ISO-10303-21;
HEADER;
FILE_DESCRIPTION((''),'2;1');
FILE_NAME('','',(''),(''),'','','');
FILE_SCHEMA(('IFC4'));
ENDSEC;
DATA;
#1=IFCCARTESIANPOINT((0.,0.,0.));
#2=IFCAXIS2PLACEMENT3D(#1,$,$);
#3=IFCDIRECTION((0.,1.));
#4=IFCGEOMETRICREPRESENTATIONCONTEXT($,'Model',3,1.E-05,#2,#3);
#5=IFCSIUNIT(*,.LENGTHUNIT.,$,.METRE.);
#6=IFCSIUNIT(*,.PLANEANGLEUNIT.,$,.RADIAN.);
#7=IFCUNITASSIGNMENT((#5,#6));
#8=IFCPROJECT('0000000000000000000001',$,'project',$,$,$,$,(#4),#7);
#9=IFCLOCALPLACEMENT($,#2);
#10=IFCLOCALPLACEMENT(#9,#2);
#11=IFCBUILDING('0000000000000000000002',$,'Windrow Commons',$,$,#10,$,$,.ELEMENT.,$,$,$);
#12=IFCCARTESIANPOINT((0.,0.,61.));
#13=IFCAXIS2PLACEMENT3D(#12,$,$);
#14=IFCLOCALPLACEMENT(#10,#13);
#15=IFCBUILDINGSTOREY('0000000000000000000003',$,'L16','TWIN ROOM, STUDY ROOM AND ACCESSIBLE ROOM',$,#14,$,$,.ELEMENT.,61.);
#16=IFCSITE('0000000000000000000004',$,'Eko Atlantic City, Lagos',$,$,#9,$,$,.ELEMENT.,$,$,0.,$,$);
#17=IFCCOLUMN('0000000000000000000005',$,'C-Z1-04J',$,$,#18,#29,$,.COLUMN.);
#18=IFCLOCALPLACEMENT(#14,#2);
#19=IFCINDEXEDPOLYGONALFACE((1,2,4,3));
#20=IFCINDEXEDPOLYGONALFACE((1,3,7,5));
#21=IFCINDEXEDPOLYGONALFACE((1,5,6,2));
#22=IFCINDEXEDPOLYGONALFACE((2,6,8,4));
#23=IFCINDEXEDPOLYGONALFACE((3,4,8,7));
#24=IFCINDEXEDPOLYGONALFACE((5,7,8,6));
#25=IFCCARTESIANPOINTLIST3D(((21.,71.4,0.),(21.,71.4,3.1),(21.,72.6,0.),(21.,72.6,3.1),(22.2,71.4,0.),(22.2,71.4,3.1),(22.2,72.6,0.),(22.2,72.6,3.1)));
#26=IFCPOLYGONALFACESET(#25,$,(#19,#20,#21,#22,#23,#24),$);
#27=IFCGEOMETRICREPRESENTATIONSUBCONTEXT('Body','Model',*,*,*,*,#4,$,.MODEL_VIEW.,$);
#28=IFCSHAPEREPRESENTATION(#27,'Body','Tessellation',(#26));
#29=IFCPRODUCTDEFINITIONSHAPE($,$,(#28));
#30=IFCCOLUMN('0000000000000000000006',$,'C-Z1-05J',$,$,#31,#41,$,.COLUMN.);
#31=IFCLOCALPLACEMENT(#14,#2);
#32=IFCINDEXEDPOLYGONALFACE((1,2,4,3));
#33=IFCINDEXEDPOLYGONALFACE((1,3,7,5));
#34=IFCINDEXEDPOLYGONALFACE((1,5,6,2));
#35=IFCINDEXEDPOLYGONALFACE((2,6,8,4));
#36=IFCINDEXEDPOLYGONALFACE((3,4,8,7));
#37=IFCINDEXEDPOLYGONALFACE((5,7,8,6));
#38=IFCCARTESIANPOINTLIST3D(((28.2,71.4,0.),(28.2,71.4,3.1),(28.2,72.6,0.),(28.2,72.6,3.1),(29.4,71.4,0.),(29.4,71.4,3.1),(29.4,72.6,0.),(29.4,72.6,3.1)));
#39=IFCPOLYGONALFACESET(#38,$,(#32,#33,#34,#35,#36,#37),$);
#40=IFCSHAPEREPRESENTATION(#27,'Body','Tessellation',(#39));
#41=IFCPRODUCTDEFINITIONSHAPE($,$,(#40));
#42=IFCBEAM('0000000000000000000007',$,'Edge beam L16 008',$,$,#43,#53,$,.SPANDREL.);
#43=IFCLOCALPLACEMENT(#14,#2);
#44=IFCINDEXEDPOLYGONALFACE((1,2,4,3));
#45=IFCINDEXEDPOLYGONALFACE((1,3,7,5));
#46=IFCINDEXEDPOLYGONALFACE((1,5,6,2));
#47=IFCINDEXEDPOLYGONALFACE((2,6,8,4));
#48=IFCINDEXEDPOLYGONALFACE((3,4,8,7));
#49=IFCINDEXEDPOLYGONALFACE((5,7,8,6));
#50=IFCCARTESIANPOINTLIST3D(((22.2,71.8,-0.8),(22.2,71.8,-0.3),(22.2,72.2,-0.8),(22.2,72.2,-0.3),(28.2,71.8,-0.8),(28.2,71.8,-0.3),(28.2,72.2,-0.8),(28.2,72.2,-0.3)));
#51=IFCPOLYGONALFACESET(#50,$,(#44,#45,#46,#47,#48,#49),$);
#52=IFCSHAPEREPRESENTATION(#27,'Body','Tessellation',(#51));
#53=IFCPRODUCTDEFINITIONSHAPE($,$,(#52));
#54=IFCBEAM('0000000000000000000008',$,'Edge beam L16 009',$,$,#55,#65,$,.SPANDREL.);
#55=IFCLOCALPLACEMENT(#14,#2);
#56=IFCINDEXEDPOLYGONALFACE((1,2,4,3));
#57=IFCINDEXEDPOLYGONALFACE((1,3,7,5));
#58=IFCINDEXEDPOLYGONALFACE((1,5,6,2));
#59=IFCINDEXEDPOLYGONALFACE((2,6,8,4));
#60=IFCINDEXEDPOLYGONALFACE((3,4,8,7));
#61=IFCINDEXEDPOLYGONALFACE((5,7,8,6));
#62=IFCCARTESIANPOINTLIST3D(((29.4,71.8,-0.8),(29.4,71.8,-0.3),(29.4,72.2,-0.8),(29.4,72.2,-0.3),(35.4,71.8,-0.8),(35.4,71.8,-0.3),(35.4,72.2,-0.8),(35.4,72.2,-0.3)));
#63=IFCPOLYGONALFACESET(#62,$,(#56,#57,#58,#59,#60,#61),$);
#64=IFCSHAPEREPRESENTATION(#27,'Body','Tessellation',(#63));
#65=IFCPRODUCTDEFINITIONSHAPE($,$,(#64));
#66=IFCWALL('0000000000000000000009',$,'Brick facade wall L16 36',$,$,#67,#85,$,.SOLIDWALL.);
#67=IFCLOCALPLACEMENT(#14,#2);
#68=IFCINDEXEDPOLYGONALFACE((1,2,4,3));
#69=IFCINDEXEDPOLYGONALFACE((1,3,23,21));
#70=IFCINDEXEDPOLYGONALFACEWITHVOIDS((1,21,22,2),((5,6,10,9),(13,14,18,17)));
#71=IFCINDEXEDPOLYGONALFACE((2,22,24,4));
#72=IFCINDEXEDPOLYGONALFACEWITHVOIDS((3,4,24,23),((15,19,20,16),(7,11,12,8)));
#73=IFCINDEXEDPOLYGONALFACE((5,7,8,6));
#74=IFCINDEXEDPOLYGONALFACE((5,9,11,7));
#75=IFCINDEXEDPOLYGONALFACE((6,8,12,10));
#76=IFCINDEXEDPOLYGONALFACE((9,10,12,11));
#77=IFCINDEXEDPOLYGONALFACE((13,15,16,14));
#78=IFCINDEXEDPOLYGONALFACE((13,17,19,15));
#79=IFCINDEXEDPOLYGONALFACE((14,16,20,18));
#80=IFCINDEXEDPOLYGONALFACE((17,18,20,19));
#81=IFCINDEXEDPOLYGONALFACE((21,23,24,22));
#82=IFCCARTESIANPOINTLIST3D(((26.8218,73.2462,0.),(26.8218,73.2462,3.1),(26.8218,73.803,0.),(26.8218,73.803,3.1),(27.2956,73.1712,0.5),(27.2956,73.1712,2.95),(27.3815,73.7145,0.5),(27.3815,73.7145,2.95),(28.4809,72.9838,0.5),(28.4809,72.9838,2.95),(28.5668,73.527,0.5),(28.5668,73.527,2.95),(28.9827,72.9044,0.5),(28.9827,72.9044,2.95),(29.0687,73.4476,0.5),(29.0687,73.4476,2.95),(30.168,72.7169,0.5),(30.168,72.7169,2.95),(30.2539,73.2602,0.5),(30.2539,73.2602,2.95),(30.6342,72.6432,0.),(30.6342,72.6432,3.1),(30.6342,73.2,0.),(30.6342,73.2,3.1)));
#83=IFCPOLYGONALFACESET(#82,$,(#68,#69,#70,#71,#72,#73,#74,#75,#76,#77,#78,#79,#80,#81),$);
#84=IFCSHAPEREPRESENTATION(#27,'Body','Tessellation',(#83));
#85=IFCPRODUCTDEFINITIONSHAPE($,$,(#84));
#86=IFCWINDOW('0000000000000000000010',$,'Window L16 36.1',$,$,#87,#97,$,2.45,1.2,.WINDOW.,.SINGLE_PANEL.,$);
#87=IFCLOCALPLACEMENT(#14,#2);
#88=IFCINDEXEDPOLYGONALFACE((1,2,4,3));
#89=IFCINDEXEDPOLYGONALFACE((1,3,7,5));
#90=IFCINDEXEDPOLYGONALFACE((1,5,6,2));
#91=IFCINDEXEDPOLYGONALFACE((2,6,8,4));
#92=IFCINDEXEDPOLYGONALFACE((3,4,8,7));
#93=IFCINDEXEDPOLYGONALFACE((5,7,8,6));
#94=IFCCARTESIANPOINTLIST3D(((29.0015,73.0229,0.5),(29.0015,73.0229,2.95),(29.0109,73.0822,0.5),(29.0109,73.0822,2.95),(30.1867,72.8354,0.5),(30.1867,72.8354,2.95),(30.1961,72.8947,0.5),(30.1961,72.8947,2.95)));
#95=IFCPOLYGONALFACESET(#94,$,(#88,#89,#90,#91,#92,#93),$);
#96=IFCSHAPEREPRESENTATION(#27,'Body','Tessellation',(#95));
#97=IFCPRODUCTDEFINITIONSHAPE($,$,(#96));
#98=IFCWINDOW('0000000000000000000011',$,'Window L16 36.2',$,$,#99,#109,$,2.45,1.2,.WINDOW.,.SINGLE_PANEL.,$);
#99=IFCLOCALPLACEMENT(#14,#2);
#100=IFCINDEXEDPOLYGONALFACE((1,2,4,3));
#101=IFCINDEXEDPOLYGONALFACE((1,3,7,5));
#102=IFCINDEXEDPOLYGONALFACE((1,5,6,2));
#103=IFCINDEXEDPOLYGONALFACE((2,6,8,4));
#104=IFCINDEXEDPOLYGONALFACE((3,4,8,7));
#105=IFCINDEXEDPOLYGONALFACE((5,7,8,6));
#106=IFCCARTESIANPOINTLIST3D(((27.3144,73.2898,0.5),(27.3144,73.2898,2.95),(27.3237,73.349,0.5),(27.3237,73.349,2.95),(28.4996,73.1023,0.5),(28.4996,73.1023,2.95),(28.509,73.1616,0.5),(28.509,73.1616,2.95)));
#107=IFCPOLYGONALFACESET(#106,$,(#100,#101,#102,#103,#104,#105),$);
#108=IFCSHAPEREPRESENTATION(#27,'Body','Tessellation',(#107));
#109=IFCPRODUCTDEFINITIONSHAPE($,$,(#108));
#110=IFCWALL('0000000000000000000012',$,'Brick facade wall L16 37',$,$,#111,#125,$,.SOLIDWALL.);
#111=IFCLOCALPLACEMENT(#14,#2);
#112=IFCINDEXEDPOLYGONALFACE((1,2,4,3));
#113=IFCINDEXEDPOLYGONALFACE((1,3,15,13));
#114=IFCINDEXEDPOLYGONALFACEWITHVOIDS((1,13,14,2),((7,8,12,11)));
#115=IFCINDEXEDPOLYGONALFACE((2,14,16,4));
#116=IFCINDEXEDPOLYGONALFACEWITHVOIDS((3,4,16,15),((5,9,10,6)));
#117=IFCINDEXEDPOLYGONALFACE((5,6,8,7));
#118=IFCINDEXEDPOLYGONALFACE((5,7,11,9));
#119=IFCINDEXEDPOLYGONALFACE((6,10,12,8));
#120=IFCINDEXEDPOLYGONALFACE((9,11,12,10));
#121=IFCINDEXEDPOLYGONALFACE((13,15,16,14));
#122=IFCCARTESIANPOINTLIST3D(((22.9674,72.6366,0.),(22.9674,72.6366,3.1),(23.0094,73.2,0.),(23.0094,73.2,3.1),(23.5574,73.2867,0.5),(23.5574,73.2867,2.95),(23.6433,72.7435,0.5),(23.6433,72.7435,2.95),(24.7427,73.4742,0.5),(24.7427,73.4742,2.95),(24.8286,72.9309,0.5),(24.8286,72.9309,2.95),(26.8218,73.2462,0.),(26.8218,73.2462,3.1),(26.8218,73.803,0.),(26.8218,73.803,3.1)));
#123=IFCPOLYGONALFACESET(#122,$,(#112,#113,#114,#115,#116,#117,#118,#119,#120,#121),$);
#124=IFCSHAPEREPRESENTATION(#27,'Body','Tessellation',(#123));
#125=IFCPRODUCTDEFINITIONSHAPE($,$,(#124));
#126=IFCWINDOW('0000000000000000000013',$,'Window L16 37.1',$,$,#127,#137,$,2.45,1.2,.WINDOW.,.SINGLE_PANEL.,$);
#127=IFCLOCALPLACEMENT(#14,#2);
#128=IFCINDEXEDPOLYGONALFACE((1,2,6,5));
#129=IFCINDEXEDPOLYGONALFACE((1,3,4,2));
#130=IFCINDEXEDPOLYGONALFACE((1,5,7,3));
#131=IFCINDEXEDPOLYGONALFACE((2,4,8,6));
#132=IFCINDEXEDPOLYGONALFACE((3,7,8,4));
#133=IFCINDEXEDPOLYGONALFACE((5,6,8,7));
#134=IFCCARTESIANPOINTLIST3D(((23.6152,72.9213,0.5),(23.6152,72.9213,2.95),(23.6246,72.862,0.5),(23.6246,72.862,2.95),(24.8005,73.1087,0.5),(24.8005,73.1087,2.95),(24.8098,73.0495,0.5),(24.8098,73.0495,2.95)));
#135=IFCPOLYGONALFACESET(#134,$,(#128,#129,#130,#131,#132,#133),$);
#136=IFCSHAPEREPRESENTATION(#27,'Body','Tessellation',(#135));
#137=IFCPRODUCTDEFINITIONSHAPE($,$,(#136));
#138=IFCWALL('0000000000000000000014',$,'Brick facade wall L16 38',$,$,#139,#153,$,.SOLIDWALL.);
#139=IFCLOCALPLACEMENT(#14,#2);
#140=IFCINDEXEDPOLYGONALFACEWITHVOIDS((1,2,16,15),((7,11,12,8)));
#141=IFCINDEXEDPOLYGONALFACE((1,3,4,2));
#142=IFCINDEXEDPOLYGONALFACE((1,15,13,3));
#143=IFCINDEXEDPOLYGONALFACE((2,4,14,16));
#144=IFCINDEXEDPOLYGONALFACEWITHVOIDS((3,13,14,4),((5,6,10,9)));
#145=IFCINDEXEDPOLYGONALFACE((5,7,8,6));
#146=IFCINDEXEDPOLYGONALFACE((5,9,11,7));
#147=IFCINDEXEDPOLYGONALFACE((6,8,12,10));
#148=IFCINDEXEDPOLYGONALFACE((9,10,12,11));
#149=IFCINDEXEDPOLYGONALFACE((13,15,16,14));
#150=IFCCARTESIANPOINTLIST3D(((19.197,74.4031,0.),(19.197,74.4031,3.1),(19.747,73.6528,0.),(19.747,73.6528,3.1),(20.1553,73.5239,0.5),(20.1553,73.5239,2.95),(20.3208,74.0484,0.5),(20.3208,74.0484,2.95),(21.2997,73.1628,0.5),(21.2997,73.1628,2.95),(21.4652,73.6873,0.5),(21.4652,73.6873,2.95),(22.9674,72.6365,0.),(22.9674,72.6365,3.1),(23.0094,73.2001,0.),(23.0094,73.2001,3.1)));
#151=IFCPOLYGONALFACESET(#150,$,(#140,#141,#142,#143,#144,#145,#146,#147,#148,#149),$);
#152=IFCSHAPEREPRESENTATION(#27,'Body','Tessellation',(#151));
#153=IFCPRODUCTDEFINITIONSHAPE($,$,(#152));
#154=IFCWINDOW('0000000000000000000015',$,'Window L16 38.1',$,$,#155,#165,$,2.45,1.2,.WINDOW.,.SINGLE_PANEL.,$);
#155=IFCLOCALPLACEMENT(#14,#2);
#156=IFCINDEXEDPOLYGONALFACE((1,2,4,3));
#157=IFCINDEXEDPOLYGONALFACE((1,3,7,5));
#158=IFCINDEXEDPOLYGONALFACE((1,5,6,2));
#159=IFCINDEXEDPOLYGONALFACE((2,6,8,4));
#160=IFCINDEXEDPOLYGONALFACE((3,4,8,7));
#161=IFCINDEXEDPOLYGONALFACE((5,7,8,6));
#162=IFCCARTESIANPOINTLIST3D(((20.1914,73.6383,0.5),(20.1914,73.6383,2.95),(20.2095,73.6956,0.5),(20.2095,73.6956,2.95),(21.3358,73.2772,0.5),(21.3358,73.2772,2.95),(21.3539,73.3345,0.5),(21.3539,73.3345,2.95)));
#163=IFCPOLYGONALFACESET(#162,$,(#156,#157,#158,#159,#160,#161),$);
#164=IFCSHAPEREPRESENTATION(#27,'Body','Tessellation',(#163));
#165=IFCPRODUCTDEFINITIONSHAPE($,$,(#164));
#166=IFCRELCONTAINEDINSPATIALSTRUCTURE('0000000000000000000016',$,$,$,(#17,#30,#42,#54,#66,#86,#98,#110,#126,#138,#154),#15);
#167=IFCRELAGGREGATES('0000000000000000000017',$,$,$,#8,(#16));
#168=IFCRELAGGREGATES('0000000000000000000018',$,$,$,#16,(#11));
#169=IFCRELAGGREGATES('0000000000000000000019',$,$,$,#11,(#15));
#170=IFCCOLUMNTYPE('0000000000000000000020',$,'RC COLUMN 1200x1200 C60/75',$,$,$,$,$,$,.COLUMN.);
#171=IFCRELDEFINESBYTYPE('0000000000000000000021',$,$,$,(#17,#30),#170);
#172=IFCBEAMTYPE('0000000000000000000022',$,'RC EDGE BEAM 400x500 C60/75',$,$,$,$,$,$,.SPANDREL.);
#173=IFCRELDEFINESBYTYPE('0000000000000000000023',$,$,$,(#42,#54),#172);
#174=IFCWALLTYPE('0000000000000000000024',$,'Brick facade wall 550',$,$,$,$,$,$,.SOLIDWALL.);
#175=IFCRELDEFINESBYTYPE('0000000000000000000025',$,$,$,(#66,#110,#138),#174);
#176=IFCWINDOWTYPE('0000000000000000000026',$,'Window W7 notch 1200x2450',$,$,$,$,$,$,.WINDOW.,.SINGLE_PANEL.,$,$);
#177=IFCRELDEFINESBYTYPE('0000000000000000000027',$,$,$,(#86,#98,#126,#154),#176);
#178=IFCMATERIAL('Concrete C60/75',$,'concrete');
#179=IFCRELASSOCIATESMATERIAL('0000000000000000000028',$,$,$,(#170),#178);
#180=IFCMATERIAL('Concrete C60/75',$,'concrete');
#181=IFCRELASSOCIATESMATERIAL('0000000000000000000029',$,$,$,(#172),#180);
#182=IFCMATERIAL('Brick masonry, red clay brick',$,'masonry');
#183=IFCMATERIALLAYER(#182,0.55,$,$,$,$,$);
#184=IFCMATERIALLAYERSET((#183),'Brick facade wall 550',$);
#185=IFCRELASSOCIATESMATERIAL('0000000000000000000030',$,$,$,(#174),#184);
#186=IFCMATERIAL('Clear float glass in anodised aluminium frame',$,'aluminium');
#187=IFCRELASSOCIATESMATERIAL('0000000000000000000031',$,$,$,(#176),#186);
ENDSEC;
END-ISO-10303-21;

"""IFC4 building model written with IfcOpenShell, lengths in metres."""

from ifc_helpers import new_model, si_unit, direction, frame, frame_2d, origin, origin_2d, place, context, subcontext, project, spatial, polyline, rectangle, outline, extrude, material, layer, layer_set, material_profile, profile_set, type_object, element, fill, save


model = new_model("IFC4")

# Units and contexts
model_context = context("Model", 3, precision=1e-05, world=origin(), true_north=direction((0.0, 1.0)))
body_context = subcontext(model_context, "Body", "Model", "MODEL_VIEW")
ifc_project = project(units=[si_unit("LENGTHUNIT", "METRE"), si_unit("PLANEANGLEUNIT", "RADIAN")], contexts=[model_context])

# Site, building, storey
site_placement = place(None, origin())
site = spatial("IfcSite", under=ifc_project, at=site_placement, Name="Eko Atlantic City, Lagos", CompositionType="ELEMENT", RefElevation=0.0)
building_placement = place(site_placement, origin())
building = spatial("IfcBuilding", under=site, at=building_placement, Name="Windrow Commons", CompositionType="ELEMENT")
storey_placement = place(building_placement, frame((0.0, 0.0, 61.0)))
storey = spatial("IfcBuildingStorey", under=building, at=storey_placement, Name="L16", Description="TWIN ROOM, STUDY ROOM AND ACCESSIBLE ROOM", CompositionType="ELEMENT", Elevation=61.0)

# Columns
ifc_material_1 = material(Name="Concrete C60/75", Category="concrete")
ifc_material_profile_1 = material_profile(ifc_material_1, rectangle(XDim=1.2, YDim=1.2, at=origin_2d()))
ifc_profile_set_1 = profile_set([ifc_material_profile_1], Name="Concrete C60/75")
column_type = type_object("IfcColumnType", Name="RC COLUMN 1200x1200 C60/75", PredefinedType="COLUMN", material=ifc_profile_set_1)
for number, where, z_axis, x_axis, name in (
    (1, (21.6, 72.0, 0.0), (0.0, 0.0, 1.0), (1.0, 0.0, 0.0), "C-Z1-04J"),
    (2, (28.8, 72.0, 0.0), (0.0, 0.0, 1.0), (1.0, 0.0, 0.0), "C-Z1-05J"),
):
    element("IfcColumn", number, at=place(storey_placement, frame(where, z_axis=z_axis, x_axis=x_axis)), inside=storey, type_object=column_type, Name=name, PredefinedType="COLUMN", context=body_context, shape_type="SweptSolid", body=[
        extrude(rectangle(XDim=1.2, YDim=1.2, at=origin_2d()), origin(), (0.0, 0.0, 1.0), 3.1),
    ])

# Beams
ifc_material_2 = material(Name="Concrete C60/75", Category="concrete")
ifc_material_profile_2 = material_profile(ifc_material_2, rectangle(XDim=0.4, YDim=0.5, at=origin_2d()))
ifc_profile_set_2 = profile_set([ifc_material_profile_2], Name="Concrete C60/75")
beam_type = type_object("IfcBeamType", Name="RC EDGE BEAM 400x500 C60/75", PredefinedType="SPANDREL", material=ifc_profile_set_2)
for number, where, z_axis, x_axis, name in (
    (3, (22.2, 72.0, -0.55), (1.0, 0.0, 0.0), (0.0, 1.0, 0.0), "Edge beam L16 008"),
    (4, (29.4, 72.0, -0.55), (1.0, 0.0, 0.0), (0.0, 1.0, 0.0), "Edge beam L16 009"),
):
    element("IfcBeam", number, at=place(storey_placement, frame(where, z_axis=z_axis, x_axis=x_axis)), inside=storey, type_object=beam_type, Name=name, PredefinedType="SPANDREL", context=body_context, shape_type="SweptSolid", body=[
        extrude(rectangle(XDim=0.4, YDim=0.5, at=origin_2d()), origin(), (0.0, 0.0, 1.0), 6.0),
    ])

# Wall, openings, windows
ifc_material_3 = material(Name="Brick masonry, red clay brick", Category="masonry")
ifc_layer_1 = layer(ifc_material_3, 0.55)
ifc_layer_set_1 = layer_set([ifc_layer_1], Name="Brick facade wall 550")
wall_type_1 = type_object("IfcWallType", Name="Brick facade wall 550", PredefinedType="SOLIDWALL", material=ifc_layer_set_1)
wall_1_placement = place(storey_placement, frame((30.6342, 72.9216, 0.0), z_axis=(0.0, 0.0, 1.0), x_axis=(-0.987721, 0.156226, 0.0)))
wall_1 = element("IfcWall", 5, at=wall_1_placement, inside=storey, type_object=wall_type_1, Name="Brick facade wall L16 36", PredefinedType="SOLIDWALL", context=body_context, shape_type="SweptSolid", body=[
    extrude(outline(polyline([(0.0435, -0.275), (3.9033, -0.275), (3.8163, 0.275), (-0.0435, 0.275), (0.0435, -0.275)])), origin(), (0.0, 0.0, 1.0), 3.1),
])
opening_1_placement = place(wall_1_placement, frame((0.4285, 0.0, 0.5)))
opening_1 = element("IfcOpeningElement", 6, at=opening_1_placement, cuts=wall_1, PredefinedType="OPENING", context=body_context, shape_type="SweptSolid", body=[
    extrude(rectangle(XDim=1.2, YDim=2.45, at=frame_2d((0.6, 1.225))), frame((0.0, 0.285, 0.0), z_axis=(0.0, -1.0, 0.0), x_axis=(1.0, 0.0, 0.0)), (0.0, 0.0, 1.0), 0.57),
])
opening_2_placement = place(wall_1_placement, frame((2.1366, 0.0, 0.5)))
opening_2 = element("IfcOpeningElement", 7, at=opening_2_placement, cuts=wall_1, PredefinedType="OPENING", context=body_context, shape_type="SweptSolid", body=[
    extrude(rectangle(XDim=1.2, YDim=2.45, at=frame_2d((0.6, 1.225))), frame((0.0, 0.285, 0.0), z_axis=(0.0, -1.0, 0.0), x_axis=(1.0, 0.0, 0.0)), (0.0, 0.0, 1.0), 0.57),
])
ifc_material_4 = material(Name="Clear float glass in anodised aluminium frame", Category="aluminium")
window_type_1 = type_object("IfcWindowType", Name="Window W7 notch 1200x2450", PartitioningType="SINGLE_PANEL", PredefinedType="WINDOW", material=ifc_material_4)
window_1_placement = place(opening_1_placement, origin())
window_1 = element("IfcWindow", 8, at=window_1_placement, inside=storey, type_object=window_type_1, Name="Window L16 36.1", OverallHeight=2.45, OverallWidth=1.2, PartitioningType="SINGLE_PANEL", PredefinedType="WINDOW", context=body_context, shape_type="SweptSolid", body=[
    extrude(rectangle(XDim=1.2, YDim=2.45, at=frame_2d((0.6, 1.225))), frame((0.0, 0.155, 0.0), z_axis=(0.0, -1.0, 0.0), x_axis=(1.0, 0.0, 0.0)), (0.0, 0.0, 1.0), 0.06),
])
fill(opening_1, window_1)
window_2_placement = place(opening_2_placement, origin())
window_2 = element("IfcWindow", 9, at=window_2_placement, inside=storey, type_object=window_type_1, Name="Window L16 36.2", OverallHeight=2.45, OverallWidth=1.2, PartitioningType="SINGLE_PANEL", PredefinedType="WINDOW", context=body_context, shape_type="SweptSolid", body=[
    extrude(rectangle(XDim=1.2, YDim=2.45, at=frame_2d((0.6, 1.225))), frame((0.0, 0.155, 0.0), z_axis=(0.0, -1.0, 0.0), x_axis=(1.0, 0.0, 0.0)), (0.0, 0.0, 1.0), 0.06),
])
fill(opening_2, window_2)

# Walls, openings, windows
wall_2_placement = place(storey_placement, frame((26.8218, 73.5246, 0.0), z_axis=(0.0, 0.0, 1.0), x_axis=(-0.987722, -0.156221, 0.0)))
wall_2 = element("IfcWall", 10, at=wall_2_placement, inside=storey, type_object=wall_type_1, Name="Brick facade wall L16 37", PredefinedType="SOLIDWALL", context=body_context, shape_type="SweptSolid", body=[
    extrude(outline(polyline([(-0.0435, -0.275), (3.8163, -0.275), (3.9458, 0.275), (0.0435, 0.275), (-0.0435, -0.275)])), origin(), (0.0, 0.0, 1.0), 3.1),
])
opening_3_placement = place(wall_2_placement, frame((2.0615, 0.0, 0.5)))
opening_3 = element("IfcOpeningElement", 11, at=opening_3_placement, cuts=wall_2, PredefinedType="OPENING", context=body_context, shape_type="SweptSolid", body=[
    extrude(rectangle(XDim=1.2, YDim=2.45, at=frame_2d((0.6, 1.225))), frame((0.0, 0.285, 0.0), z_axis=(0.0, -1.0, 0.0), x_axis=(1.0, 0.0, 0.0)), (0.0, 0.0, 1.0), 0.57),
])
window_3_placement = place(opening_3_placement, origin())
window_3 = element("IfcWindow", 12, at=window_3_placement, inside=storey, type_object=window_type_1, Name="Window L16 37.1", OverallHeight=2.45, OverallWidth=1.2, PartitioningType="SINGLE_PANEL", PredefinedType="WINDOW", context=body_context, shape_type="SweptSolid", body=[
    extrude(rectangle(XDim=1.2, YDim=2.45, at=frame_2d((0.6, 1.225))), frame((0.0, 0.155, 0.0), z_axis=(0.0, -1.0, 0.0), x_axis=(1.0, 0.0, 0.0)), (0.0, 0.0, 1.0), 0.06),
])
fill(opening_3, window_3)
wall_3_placement = place(storey_placement, frame((22.9884, 72.9183, 0.0), z_axis=(0.0, 0.0, 1.0), x_axis=(-0.953648, 0.300924, 0.0)))
wall_3 = element("IfcWall", 13, at=wall_3_placement, inside=storey, type_object=wall_type_1, Name="Brick facade wall L16 38", PredefinedType="SOLIDWALL", context=body_context, shape_type="SweptSolid", body=[
    extrude(outline(polyline([(0.0648, -0.275), (4.0625, -0.275), (3.3122, 0.275), (-0.0648, 0.275), (0.0648, -0.275)])), origin(), (0.0, 0.0, 1.0), 3.1),
])
opening_4_placement = place(wall_3_placement, frame((1.684, 0.0, 0.5)))
opening_4 = element("IfcOpeningElement", 14, at=opening_4_placement, cuts=wall_3, PredefinedType="OPENING", context=body_context, shape_type="SweptSolid", body=[
    extrude(rectangle(XDim=1.2, YDim=2.45, at=frame_2d((0.6, 1.225))), frame((0.0, 0.285, 0.0), z_axis=(0.0, -1.0, 0.0), x_axis=(1.0, 0.0, 0.0)), (0.0, 0.0, 1.0), 0.57),
])
window_4_placement = place(opening_4_placement, origin())
window_4 = element("IfcWindow", 15, at=window_4_placement, inside=storey, type_object=window_type_1, Name="Window L16 38.1", OverallHeight=2.45, OverallWidth=1.2, PartitioningType="SINGLE_PANEL", PredefinedType="WINDOW", context=body_context, shape_type="SweptSolid", body=[
    extrude(rectangle(XDim=1.2, YDim=2.45, at=frame_2d((0.6, 1.225))), frame((0.0, 0.155, 0.0), z_axis=(0.0, -1.0, 0.0), x_axis=(1.0, 0.0, 0.0)), (0.0, 0.0, 1.0), 0.06),
])
fill(opening_4, window_4)

save(model, "model.ifc")
